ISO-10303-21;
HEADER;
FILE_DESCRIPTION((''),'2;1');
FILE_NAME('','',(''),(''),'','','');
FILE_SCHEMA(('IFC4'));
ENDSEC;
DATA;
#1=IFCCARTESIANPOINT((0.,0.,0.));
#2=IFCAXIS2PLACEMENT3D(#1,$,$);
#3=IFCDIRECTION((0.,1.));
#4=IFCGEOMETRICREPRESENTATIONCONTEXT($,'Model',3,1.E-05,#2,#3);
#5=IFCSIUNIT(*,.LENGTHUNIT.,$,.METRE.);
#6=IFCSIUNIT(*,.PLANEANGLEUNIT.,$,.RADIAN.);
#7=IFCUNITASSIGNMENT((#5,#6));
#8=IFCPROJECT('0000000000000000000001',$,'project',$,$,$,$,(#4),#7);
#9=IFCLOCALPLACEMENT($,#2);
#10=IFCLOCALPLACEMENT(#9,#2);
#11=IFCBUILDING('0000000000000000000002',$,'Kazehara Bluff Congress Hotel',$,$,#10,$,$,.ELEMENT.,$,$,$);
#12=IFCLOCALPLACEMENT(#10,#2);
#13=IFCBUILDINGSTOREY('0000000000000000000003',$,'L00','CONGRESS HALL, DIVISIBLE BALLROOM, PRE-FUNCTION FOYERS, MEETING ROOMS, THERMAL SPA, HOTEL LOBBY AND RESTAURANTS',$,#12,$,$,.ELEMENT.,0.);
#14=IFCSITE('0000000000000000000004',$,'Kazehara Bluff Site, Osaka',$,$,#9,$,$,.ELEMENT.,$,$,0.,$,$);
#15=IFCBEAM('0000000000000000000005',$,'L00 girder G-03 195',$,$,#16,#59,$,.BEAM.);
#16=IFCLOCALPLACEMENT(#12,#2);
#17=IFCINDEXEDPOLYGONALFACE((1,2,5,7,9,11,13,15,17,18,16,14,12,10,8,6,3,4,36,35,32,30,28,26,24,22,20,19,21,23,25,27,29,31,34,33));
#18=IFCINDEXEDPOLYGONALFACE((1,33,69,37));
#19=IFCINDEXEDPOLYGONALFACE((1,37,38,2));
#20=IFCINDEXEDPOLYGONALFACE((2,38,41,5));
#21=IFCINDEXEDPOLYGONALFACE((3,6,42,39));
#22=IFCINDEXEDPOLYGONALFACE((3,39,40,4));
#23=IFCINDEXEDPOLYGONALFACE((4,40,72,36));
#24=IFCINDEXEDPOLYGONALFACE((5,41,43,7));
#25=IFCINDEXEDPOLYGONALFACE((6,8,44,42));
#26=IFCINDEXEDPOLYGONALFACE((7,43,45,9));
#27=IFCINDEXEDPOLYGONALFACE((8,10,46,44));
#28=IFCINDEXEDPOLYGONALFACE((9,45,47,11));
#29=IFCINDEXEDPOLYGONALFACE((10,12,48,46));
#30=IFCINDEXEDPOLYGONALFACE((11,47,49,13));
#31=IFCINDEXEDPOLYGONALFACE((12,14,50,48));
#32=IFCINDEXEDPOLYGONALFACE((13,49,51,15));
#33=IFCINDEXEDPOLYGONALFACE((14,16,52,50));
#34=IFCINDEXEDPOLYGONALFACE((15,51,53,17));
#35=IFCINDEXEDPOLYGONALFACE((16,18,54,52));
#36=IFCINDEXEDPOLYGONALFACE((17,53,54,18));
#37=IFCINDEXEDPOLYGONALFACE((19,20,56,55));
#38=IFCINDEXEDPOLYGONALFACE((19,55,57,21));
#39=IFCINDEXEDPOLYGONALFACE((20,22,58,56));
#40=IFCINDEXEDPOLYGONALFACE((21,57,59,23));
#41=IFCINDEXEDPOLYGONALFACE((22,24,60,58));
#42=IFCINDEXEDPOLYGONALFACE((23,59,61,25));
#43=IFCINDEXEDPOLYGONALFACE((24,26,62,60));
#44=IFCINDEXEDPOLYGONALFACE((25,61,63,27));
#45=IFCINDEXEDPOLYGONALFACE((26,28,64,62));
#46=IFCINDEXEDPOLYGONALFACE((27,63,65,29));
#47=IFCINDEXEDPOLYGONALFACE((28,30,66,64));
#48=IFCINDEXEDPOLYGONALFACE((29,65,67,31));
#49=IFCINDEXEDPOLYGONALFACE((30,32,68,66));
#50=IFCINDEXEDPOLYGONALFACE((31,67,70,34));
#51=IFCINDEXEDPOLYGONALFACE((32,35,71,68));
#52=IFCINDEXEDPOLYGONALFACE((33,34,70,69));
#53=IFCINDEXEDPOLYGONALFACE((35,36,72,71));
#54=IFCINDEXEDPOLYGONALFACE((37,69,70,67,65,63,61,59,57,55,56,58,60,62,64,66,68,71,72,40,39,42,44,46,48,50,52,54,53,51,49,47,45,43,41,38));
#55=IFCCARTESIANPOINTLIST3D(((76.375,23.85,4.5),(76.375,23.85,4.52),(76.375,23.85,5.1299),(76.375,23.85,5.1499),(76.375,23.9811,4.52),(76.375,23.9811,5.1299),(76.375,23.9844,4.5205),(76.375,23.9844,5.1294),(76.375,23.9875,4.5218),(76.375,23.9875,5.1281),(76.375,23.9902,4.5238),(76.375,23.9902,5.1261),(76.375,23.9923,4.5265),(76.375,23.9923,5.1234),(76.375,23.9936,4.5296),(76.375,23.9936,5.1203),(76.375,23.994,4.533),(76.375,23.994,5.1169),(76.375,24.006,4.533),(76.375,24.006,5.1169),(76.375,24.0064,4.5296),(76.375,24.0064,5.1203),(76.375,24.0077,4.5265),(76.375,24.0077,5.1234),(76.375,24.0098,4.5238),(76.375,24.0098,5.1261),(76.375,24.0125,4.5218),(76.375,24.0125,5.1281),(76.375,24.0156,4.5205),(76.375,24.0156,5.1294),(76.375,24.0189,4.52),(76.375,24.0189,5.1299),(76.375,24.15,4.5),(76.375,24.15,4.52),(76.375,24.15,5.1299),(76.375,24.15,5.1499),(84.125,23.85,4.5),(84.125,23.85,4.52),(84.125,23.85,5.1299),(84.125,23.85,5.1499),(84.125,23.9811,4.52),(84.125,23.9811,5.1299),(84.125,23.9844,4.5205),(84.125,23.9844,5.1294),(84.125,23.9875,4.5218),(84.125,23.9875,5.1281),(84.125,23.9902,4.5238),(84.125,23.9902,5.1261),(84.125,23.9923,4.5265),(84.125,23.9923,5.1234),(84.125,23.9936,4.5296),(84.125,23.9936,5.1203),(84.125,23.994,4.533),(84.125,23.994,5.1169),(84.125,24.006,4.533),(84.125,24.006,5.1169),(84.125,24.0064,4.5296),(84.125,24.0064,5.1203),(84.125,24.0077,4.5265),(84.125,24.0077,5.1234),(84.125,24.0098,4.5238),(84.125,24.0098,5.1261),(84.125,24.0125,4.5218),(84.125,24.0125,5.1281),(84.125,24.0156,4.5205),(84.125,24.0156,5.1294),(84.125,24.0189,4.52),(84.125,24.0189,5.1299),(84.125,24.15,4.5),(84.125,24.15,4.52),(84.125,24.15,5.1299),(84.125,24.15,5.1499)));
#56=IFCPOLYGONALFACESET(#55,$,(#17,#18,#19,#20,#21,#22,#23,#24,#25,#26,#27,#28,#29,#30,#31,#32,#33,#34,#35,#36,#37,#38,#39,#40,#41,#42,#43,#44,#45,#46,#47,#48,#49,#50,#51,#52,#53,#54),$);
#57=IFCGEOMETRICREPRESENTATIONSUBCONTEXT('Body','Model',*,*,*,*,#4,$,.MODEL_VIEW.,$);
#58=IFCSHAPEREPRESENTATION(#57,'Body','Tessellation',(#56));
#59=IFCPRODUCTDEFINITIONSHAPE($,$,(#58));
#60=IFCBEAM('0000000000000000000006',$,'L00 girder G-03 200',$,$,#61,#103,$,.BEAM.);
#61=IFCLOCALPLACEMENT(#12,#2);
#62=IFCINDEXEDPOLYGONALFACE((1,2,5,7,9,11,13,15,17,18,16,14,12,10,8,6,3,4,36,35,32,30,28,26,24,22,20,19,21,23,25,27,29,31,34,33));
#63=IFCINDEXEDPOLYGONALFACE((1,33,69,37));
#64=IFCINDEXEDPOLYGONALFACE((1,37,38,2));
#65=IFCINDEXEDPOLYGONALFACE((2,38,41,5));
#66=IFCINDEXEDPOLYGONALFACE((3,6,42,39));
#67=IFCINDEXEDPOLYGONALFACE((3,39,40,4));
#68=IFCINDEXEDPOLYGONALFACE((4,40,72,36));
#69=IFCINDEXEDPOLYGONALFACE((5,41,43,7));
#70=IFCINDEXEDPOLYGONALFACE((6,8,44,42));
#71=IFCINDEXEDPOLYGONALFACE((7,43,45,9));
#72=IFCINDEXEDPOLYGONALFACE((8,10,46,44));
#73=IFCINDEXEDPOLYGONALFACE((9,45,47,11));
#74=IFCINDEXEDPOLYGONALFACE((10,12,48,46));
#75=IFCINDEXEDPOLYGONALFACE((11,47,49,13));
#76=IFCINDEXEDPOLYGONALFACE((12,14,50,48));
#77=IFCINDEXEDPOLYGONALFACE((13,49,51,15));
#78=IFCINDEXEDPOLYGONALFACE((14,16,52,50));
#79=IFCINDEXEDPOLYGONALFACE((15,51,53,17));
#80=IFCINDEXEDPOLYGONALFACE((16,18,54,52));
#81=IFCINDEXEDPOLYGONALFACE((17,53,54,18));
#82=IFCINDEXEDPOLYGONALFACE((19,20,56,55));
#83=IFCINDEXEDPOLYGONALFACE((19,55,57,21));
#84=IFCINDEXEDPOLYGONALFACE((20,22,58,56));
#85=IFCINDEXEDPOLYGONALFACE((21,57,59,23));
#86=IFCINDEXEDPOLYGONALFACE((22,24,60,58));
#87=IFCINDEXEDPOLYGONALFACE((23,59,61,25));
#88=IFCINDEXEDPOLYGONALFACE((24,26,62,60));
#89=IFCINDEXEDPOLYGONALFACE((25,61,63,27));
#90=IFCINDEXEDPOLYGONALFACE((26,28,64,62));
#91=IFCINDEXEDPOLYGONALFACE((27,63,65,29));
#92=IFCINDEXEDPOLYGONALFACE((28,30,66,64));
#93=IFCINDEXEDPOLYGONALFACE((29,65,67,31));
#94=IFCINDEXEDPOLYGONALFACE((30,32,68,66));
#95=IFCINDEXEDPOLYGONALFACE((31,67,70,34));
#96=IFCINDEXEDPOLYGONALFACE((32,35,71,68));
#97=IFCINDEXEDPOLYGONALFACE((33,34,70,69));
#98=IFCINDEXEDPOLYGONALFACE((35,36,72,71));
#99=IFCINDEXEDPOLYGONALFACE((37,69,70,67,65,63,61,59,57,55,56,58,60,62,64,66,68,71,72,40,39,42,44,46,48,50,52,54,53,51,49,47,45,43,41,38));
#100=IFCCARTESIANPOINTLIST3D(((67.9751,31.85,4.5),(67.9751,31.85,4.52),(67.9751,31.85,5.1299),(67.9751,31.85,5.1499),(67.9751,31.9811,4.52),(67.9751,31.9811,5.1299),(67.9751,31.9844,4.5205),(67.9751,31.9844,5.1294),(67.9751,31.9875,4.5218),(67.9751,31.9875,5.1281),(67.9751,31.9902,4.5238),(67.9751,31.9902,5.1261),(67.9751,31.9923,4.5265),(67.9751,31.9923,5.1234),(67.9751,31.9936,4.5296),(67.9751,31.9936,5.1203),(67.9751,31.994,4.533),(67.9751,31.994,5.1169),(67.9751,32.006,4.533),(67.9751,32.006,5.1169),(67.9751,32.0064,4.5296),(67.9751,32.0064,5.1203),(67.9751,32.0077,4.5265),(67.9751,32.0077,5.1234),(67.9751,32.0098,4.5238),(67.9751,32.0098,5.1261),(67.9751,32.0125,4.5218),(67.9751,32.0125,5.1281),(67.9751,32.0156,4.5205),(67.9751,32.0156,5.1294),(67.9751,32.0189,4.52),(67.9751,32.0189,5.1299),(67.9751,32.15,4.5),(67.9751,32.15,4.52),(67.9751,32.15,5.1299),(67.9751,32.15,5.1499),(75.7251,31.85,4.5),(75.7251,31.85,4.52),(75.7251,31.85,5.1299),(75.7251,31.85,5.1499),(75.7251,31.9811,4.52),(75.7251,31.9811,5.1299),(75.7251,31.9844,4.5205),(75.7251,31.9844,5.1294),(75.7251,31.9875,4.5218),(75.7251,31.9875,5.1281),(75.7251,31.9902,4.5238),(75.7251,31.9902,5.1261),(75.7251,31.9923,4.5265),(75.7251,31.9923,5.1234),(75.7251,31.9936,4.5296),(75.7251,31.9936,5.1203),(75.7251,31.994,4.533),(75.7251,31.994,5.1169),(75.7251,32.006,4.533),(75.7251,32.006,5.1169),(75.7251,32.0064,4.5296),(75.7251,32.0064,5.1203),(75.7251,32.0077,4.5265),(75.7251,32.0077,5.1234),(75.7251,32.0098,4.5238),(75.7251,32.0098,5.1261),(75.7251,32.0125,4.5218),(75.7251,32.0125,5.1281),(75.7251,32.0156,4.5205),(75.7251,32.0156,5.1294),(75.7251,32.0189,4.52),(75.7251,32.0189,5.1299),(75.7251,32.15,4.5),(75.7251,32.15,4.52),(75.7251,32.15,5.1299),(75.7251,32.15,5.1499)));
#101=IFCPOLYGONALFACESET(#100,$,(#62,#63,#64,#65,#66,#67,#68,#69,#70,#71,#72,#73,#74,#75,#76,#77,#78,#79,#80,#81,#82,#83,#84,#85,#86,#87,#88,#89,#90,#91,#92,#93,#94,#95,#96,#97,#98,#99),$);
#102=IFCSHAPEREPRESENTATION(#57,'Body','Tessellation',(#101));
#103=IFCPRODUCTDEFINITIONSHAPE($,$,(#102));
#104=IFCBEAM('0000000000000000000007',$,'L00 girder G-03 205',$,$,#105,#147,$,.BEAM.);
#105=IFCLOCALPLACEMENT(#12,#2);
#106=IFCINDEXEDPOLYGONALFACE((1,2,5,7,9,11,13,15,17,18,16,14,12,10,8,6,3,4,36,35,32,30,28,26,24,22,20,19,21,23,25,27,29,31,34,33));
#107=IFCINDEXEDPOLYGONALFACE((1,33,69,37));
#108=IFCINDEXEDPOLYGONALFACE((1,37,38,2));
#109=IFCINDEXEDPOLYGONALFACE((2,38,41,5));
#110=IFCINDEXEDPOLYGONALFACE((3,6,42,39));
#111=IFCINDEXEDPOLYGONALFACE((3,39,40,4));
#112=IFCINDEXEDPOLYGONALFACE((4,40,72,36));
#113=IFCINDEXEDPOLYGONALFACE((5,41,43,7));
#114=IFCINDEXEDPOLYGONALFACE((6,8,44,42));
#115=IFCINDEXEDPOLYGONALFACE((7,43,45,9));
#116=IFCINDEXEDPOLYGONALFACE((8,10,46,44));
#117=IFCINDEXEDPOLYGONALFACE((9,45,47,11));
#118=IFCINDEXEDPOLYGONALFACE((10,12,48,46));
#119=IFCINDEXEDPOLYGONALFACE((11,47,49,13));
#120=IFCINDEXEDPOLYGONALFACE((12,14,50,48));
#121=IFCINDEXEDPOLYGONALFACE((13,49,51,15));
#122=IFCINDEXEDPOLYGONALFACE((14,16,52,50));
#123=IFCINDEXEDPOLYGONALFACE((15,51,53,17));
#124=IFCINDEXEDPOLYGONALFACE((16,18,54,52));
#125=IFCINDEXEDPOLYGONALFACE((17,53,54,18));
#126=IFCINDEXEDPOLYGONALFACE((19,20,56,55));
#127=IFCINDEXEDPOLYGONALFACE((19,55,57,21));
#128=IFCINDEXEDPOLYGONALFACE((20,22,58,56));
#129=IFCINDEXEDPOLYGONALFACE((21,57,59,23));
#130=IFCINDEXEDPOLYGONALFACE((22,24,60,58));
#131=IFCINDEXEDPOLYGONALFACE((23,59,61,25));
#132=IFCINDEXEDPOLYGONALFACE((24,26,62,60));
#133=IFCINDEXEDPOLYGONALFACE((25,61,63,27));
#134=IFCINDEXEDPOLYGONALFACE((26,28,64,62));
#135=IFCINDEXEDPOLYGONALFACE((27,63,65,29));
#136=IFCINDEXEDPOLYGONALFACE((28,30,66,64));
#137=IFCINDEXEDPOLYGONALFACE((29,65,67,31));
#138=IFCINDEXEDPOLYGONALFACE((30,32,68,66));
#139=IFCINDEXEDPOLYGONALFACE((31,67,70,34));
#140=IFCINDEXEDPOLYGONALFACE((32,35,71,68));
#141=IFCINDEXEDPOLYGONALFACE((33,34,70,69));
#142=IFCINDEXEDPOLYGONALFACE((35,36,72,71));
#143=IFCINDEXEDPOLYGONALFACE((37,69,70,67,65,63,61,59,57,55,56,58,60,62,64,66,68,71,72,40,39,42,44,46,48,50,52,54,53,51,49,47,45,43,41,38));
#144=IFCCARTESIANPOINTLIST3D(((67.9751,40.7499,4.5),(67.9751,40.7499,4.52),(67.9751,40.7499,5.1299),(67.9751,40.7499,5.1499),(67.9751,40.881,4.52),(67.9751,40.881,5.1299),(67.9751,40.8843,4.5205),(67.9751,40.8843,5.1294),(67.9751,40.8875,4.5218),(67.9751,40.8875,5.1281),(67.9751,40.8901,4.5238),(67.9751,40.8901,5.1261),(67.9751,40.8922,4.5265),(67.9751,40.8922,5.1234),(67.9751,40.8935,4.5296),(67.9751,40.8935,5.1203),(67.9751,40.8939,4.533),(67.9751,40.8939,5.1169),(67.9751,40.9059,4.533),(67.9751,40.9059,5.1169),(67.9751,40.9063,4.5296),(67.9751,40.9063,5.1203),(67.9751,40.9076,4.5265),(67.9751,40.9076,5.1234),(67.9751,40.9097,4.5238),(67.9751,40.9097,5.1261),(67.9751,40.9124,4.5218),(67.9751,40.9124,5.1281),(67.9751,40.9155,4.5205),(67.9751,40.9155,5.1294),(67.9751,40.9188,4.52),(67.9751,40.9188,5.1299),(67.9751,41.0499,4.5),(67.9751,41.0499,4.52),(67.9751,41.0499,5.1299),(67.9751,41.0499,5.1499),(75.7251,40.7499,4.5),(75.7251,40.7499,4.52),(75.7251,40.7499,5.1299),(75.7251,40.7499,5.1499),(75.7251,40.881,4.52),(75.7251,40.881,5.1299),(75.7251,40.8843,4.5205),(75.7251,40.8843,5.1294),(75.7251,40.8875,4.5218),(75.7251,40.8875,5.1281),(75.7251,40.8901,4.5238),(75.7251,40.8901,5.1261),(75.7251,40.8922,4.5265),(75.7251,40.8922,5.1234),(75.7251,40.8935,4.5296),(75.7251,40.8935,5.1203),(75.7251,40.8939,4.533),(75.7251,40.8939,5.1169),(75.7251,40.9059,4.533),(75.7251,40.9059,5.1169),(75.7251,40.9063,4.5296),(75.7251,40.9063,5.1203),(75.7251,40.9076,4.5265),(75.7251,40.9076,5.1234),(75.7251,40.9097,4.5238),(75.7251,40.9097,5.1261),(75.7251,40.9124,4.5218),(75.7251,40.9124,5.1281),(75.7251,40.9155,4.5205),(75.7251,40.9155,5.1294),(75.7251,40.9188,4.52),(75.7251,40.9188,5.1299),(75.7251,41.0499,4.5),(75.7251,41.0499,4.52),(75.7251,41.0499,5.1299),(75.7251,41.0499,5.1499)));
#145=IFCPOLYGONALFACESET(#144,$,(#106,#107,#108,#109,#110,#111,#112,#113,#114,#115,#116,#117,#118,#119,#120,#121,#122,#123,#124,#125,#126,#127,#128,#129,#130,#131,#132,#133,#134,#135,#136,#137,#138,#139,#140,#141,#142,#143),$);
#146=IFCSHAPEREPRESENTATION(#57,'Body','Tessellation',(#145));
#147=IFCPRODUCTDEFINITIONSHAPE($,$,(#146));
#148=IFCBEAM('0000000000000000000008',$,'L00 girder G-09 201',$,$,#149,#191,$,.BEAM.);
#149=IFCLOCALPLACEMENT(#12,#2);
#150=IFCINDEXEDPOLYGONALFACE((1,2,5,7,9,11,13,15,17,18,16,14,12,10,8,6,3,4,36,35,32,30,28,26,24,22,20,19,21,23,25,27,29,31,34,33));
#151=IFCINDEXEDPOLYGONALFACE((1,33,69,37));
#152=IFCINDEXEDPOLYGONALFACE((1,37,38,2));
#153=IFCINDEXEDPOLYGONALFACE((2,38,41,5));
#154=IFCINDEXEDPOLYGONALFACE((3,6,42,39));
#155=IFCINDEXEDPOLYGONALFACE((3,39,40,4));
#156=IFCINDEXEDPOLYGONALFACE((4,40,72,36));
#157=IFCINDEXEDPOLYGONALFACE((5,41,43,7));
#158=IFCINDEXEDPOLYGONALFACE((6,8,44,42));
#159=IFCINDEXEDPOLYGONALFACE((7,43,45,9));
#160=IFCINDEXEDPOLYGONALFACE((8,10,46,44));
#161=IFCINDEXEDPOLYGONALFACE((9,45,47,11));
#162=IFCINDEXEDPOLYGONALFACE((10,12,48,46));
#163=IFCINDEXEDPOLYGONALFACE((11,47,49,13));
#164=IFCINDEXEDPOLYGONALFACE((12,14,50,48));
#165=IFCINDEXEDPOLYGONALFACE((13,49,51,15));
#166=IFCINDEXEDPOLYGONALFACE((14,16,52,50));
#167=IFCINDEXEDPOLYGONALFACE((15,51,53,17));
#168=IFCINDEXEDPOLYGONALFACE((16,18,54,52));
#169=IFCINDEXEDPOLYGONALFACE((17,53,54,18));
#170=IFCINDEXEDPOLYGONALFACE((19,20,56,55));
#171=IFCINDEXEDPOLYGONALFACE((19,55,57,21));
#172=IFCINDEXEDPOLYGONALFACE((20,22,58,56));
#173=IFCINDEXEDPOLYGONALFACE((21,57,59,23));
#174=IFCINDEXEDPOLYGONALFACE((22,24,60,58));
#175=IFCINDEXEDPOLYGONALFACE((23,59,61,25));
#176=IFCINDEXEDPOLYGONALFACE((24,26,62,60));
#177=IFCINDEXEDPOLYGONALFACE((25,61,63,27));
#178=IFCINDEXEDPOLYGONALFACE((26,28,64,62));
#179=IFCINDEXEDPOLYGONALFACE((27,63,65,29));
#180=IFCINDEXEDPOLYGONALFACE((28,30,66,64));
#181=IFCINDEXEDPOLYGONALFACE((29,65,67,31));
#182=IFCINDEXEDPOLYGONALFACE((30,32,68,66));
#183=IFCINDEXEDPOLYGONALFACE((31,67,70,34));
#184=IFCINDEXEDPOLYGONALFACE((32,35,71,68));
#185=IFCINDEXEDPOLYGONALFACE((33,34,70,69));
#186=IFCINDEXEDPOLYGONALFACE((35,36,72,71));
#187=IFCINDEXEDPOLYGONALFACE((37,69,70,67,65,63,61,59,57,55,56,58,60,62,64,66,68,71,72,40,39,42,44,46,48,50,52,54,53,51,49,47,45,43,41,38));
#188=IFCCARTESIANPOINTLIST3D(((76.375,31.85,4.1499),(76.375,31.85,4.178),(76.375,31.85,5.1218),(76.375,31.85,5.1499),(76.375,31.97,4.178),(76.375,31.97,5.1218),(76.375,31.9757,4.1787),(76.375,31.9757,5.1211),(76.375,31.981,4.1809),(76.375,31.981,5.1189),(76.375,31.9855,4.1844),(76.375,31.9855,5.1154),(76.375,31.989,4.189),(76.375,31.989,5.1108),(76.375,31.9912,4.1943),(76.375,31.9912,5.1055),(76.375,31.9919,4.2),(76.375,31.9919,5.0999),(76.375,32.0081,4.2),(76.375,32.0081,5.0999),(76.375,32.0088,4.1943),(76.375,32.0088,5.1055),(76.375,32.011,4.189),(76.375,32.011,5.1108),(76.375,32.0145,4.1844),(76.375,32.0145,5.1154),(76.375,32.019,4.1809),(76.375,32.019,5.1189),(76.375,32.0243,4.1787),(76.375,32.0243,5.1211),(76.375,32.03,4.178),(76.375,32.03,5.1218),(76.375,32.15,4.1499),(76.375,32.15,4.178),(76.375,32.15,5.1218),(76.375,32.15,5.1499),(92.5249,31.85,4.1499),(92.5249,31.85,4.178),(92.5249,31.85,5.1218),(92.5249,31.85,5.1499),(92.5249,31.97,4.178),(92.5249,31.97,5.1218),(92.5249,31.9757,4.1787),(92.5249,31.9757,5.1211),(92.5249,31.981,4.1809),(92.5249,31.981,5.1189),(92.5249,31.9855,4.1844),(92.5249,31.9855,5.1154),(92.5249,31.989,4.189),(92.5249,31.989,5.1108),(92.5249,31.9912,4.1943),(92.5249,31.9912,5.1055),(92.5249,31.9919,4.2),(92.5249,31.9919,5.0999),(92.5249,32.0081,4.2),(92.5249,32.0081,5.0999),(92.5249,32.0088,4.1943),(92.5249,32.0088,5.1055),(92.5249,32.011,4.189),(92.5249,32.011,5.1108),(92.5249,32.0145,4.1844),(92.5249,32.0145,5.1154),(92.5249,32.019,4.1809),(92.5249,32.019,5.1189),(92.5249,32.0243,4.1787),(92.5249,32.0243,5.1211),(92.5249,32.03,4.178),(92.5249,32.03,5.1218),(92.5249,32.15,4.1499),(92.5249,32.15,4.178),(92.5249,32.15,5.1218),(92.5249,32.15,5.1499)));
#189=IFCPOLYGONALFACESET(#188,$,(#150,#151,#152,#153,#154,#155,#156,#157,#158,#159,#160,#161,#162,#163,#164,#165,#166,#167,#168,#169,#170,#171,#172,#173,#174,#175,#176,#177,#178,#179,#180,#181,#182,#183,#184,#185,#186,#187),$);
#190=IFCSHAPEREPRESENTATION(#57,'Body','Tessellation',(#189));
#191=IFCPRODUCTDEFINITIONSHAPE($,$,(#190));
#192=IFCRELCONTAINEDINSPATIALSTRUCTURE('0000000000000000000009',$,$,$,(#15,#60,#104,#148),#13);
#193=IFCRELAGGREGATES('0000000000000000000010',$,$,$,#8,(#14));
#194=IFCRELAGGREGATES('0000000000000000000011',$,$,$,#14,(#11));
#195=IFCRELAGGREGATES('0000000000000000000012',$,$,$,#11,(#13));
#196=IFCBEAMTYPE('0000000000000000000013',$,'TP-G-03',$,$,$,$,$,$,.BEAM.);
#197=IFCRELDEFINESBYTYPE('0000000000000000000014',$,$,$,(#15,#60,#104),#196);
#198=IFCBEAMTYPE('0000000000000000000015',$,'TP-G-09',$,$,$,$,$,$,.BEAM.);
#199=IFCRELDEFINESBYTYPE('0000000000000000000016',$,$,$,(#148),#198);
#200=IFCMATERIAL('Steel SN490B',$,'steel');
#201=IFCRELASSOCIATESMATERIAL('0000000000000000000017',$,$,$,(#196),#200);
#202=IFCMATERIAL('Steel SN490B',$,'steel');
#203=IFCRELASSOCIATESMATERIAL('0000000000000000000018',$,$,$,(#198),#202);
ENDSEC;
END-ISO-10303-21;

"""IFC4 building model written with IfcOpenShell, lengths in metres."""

from ifc_helpers import new_model, si_unit, direction, frame, origin, origin_2d, place, context, subcontext, project, spatial, i_section, extrude, material, material_profile, profile_set, type_object, element, save


model = new_model("IFC4")

# Units and contexts
model_context = context("Model", 3, precision=1e-05, world=origin(), true_north=direction((0.0, 1.0)))
body_context = subcontext(model_context, "Body", "Model", "MODEL_VIEW")
ifc_project = project(units=[si_unit("LENGTHUNIT", "METRE"), si_unit("PLANEANGLEUNIT", "RADIAN")], contexts=[model_context])

# Site, building, storey
site_placement = place(None, origin())
site = spatial("IfcSite", under=ifc_project, at=site_placement, Name="Kazehara Bluff Site, Osaka", CompositionType="ELEMENT", RefElevation=0.0)
building_placement = place(site_placement, origin())
building = spatial("IfcBuilding", under=site, at=building_placement, Name="Kazehara Bluff Congress Hotel", CompositionType="ELEMENT")
storey_placement = place(building_placement, origin())
storey = spatial("IfcBuildingStorey", under=building, at=storey_placement, Name="L00", Description="CONGRESS HALL, DIVISIBLE BALLROOM, PRE-FUNCTION FOYERS, MEETING ROOMS, THERMAL SPA, HOTEL LOBBY AND RESTAURANTS", CompositionType="ELEMENT", Elevation=0.0)

# Beams
ifc_material_1 = material(Name="Steel SN490B", Category="steel")
ifc_material_profile_1 = material_profile(ifc_material_1, i_section(OverallWidth=0.3, OverallDepth=0.6499, WebThickness=0.012, FlangeThickness=0.02, FilletRadius=0.0129, at=origin_2d()))
ifc_profile_set_1 = profile_set([ifc_material_profile_1], Name="Steel SN490B")
beam_type_1 = type_object("IfcBeamType", Name="TP-G-03", PredefinedType="BEAM", material=ifc_profile_set_1)
for number, where, z_axis, x_axis, name in (
    (1, (76.375, 24.0, 4.825), (1.0, 0.0, 0.0), (0.0, 1.0, 0.0), "L00 girder G-03 195"),
    (2, (67.9751, 32.0, 4.825), (1.0, 0.0, 0.0), (0.0, 1.0, 0.0), "L00 girder G-03 200"),
    (3, (67.9751, 40.8999, 4.825), (1.0, 0.0, 0.0), (0.0, 1.0, 0.0), "L00 girder G-03 205"),
):
    element("IfcBeam", number, at=place(storey_placement, frame(where, z_axis=z_axis, x_axis=x_axis)), inside=storey, type_object=beam_type_1, Name=name, PredefinedType="BEAM", context=body_context, shape_type="SweptSolid", body=[
        extrude(i_section(OverallWidth=0.3, OverallDepth=0.6499, WebThickness=0.012, FlangeThickness=0.02, FilletRadius=0.0129, at=origin_2d()), origin(), (0.0, 0.0, 1.0), 7.75),
    ])
ifc_material_2 = material(Name="Steel SN490B", Category="steel")
ifc_material_profile_2 = material_profile(ifc_material_2, i_section(OverallWidth=0.3, OverallDepth=1.0, WebThickness=0.0161, FlangeThickness=0.0281, FilletRadius=0.022, at=origin_2d()))
ifc_profile_set_2 = profile_set([ifc_material_profile_2], Name="Steel SN490B")
beam_type_2 = type_object("IfcBeamType", Name="TP-G-09", PredefinedType="BEAM", material=ifc_profile_set_2)
for number, where, z_axis, x_axis, name in (
    (4, (76.375, 32.0, 4.6499), (1.0, 0.0, 0.0), (0.0, 1.0, 0.0), "L00 girder G-09 201"),
):
    element("IfcBeam", number, at=place(storey_placement, frame(where, z_axis=z_axis, x_axis=x_axis)), inside=storey, type_object=beam_type_2, Name=name, PredefinedType="BEAM", context=body_context, shape_type="SweptSolid", body=[
        extrude(i_section(OverallWidth=0.3, OverallDepth=1.0, WebThickness=0.0161, FlangeThickness=0.0281, FilletRadius=0.022, at=origin_2d()), origin(), (0.0, 0.0, 1.0), 16.1499),
    ])

save(model, "model.ifc")
